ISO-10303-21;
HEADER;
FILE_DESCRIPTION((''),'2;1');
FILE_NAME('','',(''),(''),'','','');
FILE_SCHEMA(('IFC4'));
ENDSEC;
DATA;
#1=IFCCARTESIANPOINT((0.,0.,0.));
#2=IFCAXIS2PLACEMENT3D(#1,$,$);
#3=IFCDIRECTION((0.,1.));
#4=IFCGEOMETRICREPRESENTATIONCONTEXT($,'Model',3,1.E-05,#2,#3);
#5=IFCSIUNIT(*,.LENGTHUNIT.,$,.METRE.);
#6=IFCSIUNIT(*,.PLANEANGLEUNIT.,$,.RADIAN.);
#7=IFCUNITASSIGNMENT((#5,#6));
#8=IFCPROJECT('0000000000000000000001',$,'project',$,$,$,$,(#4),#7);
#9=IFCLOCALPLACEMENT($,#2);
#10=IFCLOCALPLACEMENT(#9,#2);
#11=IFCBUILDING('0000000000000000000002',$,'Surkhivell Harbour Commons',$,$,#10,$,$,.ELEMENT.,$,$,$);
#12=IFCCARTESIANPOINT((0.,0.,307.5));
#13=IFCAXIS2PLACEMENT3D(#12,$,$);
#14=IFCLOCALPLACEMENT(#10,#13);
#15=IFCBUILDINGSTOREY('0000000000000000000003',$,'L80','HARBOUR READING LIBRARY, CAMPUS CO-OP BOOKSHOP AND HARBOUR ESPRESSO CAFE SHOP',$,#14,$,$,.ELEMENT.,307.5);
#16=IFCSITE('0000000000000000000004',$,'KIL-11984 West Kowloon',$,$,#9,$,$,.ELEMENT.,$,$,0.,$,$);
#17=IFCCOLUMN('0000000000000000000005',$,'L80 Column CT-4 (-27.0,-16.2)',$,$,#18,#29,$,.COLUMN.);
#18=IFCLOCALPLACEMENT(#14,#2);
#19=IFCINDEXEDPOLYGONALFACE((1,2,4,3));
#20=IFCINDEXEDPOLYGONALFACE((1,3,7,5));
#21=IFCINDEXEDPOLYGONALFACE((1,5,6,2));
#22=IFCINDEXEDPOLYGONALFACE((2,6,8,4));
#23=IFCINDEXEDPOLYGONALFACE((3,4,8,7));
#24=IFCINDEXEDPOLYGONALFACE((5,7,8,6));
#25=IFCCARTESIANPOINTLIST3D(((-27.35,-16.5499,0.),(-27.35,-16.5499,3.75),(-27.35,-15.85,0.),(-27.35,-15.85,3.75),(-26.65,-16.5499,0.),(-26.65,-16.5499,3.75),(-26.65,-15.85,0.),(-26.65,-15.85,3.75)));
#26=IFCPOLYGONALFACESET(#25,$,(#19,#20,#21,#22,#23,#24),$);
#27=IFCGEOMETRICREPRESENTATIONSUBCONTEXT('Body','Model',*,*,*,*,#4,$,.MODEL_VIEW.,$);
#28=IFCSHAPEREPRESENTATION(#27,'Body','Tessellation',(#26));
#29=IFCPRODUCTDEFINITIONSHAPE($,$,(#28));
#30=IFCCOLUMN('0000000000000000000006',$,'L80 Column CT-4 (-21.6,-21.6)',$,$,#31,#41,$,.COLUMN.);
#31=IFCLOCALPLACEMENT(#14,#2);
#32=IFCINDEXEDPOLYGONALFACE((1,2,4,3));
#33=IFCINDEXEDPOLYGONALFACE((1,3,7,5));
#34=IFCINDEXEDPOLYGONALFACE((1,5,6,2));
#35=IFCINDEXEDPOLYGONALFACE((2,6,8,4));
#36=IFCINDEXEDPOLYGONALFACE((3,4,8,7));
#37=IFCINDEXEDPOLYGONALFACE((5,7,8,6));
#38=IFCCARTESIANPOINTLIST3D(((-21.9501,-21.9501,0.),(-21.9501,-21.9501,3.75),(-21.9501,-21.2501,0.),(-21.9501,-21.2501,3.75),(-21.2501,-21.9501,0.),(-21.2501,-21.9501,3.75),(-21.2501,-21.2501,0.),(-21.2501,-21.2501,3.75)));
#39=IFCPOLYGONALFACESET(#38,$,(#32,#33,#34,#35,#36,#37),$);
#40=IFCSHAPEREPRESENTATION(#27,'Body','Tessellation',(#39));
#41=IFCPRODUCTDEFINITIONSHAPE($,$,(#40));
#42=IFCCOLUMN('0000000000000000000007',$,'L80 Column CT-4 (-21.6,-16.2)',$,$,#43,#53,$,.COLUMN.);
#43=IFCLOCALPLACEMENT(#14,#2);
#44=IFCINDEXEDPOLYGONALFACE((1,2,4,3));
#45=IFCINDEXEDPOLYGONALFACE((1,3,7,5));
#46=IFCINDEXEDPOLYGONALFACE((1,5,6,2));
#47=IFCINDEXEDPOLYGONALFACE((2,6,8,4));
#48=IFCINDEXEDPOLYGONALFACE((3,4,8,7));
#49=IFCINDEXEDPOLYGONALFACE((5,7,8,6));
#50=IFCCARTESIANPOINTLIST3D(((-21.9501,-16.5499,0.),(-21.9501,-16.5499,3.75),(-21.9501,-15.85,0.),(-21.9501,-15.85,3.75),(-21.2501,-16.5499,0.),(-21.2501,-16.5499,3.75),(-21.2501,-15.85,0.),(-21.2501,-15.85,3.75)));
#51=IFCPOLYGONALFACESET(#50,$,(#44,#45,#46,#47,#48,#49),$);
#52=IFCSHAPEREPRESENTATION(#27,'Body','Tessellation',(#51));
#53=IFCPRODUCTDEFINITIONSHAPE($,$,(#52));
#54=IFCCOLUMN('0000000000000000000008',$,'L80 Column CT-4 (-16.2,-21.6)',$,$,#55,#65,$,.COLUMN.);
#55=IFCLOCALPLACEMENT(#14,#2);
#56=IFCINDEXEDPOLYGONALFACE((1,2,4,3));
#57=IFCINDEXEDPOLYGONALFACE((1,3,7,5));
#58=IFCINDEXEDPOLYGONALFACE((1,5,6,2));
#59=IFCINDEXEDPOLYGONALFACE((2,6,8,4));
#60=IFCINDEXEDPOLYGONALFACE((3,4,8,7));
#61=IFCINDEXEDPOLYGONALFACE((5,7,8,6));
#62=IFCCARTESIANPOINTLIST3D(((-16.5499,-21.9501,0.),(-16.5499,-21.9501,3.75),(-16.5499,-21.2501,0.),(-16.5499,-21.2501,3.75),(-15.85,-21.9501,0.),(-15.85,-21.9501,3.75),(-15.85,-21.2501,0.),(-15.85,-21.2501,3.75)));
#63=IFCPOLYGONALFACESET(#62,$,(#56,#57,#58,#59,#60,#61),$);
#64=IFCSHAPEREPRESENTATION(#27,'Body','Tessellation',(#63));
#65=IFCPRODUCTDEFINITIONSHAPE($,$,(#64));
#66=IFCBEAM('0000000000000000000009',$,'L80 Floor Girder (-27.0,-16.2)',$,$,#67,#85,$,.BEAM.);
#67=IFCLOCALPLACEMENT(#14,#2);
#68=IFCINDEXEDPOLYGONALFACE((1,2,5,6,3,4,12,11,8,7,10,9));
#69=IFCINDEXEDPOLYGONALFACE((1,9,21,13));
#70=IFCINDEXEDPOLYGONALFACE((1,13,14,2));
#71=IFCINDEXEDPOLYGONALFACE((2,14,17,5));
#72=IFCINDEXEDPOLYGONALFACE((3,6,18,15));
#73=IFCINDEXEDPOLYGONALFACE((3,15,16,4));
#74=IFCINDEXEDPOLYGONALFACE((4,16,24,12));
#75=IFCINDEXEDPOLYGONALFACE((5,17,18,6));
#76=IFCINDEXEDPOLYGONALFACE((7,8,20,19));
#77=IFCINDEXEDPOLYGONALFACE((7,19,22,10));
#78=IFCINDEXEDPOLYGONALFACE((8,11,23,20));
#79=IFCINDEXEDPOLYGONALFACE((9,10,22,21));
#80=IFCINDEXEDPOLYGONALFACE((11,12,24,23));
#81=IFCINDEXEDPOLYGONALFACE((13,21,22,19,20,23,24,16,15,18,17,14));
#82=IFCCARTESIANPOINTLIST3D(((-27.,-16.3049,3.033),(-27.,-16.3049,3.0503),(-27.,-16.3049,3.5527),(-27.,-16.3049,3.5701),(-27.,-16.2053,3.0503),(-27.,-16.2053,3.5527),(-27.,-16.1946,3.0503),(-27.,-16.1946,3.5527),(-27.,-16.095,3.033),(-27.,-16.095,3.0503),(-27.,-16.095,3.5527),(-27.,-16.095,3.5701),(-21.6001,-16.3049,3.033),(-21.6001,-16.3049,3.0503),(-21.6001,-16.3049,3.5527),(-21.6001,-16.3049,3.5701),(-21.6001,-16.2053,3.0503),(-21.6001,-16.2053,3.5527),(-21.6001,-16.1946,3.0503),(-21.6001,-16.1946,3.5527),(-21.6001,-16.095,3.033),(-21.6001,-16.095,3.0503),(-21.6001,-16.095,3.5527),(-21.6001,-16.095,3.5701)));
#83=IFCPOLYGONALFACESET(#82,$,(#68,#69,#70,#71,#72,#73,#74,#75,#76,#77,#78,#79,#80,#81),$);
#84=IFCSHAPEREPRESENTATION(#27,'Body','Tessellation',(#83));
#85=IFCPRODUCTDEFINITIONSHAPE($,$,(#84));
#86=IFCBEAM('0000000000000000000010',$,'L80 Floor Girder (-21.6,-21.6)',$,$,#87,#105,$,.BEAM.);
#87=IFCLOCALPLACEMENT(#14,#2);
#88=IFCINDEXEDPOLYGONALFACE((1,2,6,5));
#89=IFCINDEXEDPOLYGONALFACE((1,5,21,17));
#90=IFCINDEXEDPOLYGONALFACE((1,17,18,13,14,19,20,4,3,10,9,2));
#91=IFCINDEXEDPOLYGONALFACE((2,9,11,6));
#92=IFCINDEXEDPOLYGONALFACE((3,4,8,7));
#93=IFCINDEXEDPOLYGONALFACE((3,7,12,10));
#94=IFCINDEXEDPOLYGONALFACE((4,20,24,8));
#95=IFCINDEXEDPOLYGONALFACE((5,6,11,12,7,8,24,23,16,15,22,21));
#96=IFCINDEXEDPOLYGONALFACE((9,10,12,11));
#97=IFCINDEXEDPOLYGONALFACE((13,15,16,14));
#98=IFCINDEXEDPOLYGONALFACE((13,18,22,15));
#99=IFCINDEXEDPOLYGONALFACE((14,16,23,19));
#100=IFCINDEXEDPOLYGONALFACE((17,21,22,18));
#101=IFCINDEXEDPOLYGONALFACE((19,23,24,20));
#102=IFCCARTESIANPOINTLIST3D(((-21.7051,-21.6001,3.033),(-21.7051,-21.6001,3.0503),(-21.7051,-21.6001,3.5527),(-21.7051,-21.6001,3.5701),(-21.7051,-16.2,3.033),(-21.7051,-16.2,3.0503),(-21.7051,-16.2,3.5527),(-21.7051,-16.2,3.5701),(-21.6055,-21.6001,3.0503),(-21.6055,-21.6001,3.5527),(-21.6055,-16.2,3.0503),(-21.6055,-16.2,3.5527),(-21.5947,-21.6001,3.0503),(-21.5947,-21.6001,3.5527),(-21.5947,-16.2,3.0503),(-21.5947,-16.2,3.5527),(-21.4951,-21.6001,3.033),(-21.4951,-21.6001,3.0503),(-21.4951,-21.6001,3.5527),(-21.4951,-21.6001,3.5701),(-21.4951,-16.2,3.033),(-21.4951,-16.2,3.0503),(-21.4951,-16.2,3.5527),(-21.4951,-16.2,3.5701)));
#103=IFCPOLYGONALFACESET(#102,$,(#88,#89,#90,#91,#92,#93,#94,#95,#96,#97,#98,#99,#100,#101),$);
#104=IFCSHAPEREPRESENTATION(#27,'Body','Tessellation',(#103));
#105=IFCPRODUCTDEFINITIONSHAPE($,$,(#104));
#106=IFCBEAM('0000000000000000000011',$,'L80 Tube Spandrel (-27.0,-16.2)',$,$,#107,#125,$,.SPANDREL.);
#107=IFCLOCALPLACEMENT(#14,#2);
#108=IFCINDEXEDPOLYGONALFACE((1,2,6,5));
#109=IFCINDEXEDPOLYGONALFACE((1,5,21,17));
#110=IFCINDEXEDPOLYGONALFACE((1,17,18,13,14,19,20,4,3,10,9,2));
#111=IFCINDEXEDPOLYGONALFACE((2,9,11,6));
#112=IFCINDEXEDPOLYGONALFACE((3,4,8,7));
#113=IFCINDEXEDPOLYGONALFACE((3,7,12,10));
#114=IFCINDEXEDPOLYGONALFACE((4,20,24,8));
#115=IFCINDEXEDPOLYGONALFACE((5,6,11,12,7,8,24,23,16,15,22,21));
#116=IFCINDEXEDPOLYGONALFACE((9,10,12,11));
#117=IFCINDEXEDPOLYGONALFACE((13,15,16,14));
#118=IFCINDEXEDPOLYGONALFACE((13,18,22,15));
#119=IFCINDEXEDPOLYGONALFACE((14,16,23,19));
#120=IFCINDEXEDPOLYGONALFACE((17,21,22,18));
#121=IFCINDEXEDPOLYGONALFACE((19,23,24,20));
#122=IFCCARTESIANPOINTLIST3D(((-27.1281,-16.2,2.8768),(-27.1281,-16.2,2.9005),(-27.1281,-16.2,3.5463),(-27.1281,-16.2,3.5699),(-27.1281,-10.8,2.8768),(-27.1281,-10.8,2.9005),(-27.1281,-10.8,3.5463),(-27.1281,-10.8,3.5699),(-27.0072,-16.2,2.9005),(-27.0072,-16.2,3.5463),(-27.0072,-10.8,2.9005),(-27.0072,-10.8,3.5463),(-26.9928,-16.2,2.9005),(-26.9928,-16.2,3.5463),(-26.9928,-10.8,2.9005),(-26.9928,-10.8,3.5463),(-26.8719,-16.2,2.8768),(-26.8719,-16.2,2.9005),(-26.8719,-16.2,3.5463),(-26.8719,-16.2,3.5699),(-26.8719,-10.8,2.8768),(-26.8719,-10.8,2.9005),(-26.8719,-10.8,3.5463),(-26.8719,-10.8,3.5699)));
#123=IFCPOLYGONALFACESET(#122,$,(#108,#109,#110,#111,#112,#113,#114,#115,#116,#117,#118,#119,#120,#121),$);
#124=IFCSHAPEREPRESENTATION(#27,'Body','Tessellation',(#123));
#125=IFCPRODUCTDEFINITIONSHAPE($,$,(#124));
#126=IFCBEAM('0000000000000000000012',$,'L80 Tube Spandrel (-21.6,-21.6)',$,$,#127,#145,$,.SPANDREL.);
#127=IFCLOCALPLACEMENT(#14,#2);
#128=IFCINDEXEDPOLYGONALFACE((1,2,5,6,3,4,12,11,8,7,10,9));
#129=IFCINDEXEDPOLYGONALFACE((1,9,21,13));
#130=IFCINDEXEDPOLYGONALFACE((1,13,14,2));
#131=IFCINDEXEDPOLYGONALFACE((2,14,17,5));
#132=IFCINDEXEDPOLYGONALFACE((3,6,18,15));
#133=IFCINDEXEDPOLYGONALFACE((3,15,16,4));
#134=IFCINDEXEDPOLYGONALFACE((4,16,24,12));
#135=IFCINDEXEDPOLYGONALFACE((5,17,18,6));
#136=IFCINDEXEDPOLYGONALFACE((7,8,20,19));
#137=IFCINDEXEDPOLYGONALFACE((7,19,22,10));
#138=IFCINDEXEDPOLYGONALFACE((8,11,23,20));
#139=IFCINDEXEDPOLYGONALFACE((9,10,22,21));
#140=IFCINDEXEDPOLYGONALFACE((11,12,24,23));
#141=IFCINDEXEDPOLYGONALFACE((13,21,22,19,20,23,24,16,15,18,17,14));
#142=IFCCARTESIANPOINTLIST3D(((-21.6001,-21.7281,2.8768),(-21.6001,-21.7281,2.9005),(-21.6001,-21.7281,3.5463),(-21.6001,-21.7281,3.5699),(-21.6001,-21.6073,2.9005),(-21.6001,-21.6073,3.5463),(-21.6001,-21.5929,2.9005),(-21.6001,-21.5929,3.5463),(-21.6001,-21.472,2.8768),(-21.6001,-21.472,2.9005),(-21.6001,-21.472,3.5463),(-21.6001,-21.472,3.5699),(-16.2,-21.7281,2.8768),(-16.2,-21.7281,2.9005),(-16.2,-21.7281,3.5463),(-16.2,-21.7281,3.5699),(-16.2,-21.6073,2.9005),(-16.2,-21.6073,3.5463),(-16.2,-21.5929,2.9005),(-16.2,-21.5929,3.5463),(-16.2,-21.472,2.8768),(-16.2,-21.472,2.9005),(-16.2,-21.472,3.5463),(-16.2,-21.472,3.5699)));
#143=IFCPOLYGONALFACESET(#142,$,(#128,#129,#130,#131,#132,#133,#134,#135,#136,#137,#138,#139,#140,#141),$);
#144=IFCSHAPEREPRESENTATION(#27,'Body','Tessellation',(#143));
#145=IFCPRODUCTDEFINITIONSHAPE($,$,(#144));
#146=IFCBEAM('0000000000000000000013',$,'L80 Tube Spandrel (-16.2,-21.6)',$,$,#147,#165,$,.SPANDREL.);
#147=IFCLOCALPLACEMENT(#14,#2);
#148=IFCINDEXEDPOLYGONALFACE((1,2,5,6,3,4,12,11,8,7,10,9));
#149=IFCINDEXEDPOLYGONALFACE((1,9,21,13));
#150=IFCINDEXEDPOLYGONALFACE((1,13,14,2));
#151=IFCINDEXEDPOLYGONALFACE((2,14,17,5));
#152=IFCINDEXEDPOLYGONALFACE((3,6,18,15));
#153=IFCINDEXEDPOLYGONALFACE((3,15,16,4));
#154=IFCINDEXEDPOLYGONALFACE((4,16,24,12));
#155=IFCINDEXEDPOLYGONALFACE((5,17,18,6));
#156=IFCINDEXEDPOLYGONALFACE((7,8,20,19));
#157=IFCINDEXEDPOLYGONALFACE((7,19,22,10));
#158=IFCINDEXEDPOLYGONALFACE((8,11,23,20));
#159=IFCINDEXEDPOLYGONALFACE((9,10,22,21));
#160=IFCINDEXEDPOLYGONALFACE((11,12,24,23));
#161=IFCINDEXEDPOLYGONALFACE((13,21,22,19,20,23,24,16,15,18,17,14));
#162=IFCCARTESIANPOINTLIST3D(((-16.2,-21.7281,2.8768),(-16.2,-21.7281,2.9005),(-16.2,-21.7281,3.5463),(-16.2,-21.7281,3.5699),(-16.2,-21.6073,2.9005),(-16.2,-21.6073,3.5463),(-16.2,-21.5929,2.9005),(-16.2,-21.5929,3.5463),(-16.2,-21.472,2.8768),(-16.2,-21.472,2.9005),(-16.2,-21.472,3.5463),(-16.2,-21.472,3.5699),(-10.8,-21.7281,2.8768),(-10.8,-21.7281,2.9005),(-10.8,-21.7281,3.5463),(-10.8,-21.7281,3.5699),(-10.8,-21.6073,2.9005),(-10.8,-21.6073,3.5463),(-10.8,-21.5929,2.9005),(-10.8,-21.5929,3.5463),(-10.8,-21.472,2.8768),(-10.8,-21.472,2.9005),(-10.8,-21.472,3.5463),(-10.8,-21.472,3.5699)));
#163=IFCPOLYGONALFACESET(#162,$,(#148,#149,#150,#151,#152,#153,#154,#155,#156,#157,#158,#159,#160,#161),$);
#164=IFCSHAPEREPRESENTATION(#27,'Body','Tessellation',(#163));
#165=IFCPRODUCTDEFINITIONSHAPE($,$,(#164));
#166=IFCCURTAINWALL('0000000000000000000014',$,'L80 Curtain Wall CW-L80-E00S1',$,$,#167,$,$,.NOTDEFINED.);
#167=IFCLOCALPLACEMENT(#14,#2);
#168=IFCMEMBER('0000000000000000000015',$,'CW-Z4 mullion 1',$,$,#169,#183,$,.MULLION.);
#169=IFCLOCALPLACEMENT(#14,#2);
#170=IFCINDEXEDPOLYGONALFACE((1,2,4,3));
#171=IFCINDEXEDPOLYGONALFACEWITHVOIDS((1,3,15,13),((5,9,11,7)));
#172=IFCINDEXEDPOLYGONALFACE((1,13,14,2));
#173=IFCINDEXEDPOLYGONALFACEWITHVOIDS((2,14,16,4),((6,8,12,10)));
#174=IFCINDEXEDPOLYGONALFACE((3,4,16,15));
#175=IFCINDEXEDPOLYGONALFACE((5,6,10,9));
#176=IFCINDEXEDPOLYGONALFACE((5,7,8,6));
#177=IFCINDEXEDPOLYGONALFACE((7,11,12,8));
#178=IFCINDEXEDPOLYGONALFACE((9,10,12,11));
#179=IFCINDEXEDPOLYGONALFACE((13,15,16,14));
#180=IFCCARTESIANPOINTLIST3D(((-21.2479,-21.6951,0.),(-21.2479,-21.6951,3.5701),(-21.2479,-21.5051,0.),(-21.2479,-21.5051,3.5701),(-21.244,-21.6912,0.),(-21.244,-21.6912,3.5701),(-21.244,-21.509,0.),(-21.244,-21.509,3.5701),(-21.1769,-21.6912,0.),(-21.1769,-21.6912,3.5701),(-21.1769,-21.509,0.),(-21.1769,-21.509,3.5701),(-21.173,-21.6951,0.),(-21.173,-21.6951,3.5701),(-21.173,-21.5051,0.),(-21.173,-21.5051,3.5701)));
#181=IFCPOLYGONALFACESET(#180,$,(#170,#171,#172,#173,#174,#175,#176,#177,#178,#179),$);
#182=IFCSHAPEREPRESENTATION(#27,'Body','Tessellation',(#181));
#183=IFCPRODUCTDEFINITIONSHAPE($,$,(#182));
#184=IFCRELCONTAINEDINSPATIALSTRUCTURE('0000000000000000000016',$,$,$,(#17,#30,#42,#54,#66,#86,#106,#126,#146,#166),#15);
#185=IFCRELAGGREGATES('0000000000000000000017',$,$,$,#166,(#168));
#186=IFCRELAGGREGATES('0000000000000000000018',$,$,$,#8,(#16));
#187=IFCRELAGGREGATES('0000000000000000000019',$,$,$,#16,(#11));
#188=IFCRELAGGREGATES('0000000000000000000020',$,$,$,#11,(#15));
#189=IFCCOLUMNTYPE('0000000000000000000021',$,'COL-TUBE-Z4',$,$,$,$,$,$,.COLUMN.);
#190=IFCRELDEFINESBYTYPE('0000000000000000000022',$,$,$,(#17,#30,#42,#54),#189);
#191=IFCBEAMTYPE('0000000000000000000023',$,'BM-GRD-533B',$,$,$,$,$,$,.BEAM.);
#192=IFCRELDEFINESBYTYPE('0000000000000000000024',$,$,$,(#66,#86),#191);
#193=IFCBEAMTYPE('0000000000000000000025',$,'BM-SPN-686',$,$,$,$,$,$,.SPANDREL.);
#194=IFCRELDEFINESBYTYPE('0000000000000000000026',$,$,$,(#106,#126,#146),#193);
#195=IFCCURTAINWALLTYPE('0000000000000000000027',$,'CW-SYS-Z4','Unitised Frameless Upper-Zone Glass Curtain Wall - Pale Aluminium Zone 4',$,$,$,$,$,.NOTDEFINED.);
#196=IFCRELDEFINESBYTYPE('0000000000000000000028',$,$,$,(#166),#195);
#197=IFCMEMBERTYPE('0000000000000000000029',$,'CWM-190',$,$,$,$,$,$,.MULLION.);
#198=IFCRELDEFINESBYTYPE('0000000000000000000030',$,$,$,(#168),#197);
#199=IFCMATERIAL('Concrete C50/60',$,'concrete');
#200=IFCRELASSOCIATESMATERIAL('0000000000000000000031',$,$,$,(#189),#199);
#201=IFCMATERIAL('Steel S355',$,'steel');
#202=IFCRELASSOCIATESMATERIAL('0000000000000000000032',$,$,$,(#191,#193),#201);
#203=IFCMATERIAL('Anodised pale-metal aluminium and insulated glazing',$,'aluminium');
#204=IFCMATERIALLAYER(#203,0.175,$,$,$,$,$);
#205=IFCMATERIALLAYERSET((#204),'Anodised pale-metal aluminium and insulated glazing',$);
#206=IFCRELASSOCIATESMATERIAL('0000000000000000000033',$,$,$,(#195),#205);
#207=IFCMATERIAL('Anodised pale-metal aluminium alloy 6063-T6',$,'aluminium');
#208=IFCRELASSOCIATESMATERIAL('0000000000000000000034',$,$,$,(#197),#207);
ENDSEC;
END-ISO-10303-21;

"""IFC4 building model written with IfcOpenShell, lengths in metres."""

from ifc_helpers import new_model, si_unit, direction, frame, origin, origin_2d, place, context, subcontext, project, spatial, rectangle, hollow_rectangle, i_section, extrude, material, layer, layer_set, material_profile, profile_set, type_object, element, aggregate, save


model = new_model("IFC4")

# Units and contexts
model_context = context("Model", 3, precision=1e-05, world=origin(), true_north=direction((0.0, 1.0)))
body_context = subcontext(model_context, "Body", "Model", "MODEL_VIEW")
ifc_project = project(units=[si_unit("LENGTHUNIT", "METRE"), si_unit("PLANEANGLEUNIT", "RADIAN")], contexts=[model_context])

# Site, building, storey
site_placement = place(None, origin())
site = spatial("IfcSite", under=ifc_project, at=site_placement, Name="KIL-11984 West Kowloon", CompositionType="ELEMENT", RefElevation=0.0)
building_placement = place(site_placement, origin())
building = spatial("IfcBuilding", under=site, at=building_placement, Name="Surkhivell Harbour Commons", CompositionType="ELEMENT")
storey_placement = place(building_placement, frame((0.0, 0.0, 307.5)))
storey = spatial("IfcBuildingStorey", under=building, at=storey_placement, Name="L80", Description="HARBOUR READING LIBRARY, CAMPUS CO-OP BOOKSHOP AND HARBOUR ESPRESSO CAFE SHOP", CompositionType="ELEMENT", Elevation=307.5)

# Columns
ifc_material_1 = material(Name="Concrete C50/60", Category="concrete")
ifc_material_profile_1 = material_profile(ifc_material_1, rectangle(XDim=0.7, YDim=0.7, at=origin_2d()), Name="RC-COL-700x700")
ifc_profile_set_1 = profile_set([ifc_material_profile_1], Name="Concrete C50/60")
column_type = type_object("IfcColumnType", Name="COL-TUBE-Z4", PredefinedType="COLUMN", material=ifc_profile_set_1)
for number, where, z_axis, x_axis, name in (
    (1, (-27.0, -16.2, 0.0), (0.0, 0.0, 1.0), (1.0, 0.0, 0.0), "L80 Column CT-4 (-27.0,-16.2)"),
    (2, (-21.6001, -21.6001, 0.0), (0.0, 0.0, 1.0), (1.0, 0.0, 0.0), "L80 Column CT-4 (-21.6,-21.6)"),
    (3, (-21.6001, -16.2, 0.0), (0.0, 0.0, 1.0), (1.0, 0.0, 0.0), "L80 Column CT-4 (-21.6,-16.2)"),
    (4, (-16.2, -21.6001, 0.0), (0.0, 0.0, 1.0), (1.0, 0.0, 0.0), "L80 Column CT-4 (-16.2,-21.6)"),
):
    element("IfcColumn", number, at=place(storey_placement, frame(where, z_axis=z_axis, x_axis=x_axis)), inside=storey, type_object=column_type, Name=name, PredefinedType="COLUMN", context=body_context, shape_type="SweptSolid", body=[
        extrude(rectangle(XDim=0.7, YDim=0.7, at=origin_2d()), origin(), (0.0, 0.0, 1.0), 3.75),
    ])

# Beams
ifc_material_2 = material(Name="Steel S355", Category="steel")
ifc_material_profile_2 = material_profile(ifc_material_2, i_section(OverallWidth=0.21, OverallDepth=0.5371, WebThickness=0.0107, FlangeThickness=0.0173, at=origin_2d()), Name="UB533x210x101")
ifc_profile_set_2 = profile_set([ifc_material_profile_2], Name="Steel S355")
beam_type_1 = type_object("IfcBeamType", Name="BM-GRD-533B", PredefinedType="BEAM", material=ifc_profile_set_2)
beam_1_placement = place(storey_placement, frame((-27.0, -16.2, 3.3015), z_axis=(1.0, 0.0, 0.0), x_axis=(0.0, 1.0, 0.0)))
element("IfcBeam", 5, at=beam_1_placement, inside=storey, type_object=beam_type_1, Name="L80 Floor Girder (-27.0,-16.2)", PredefinedType="BEAM", context=body_context, shape_type="SweptSolid", body=[
    extrude(i_section(OverallWidth=0.21, OverallDepth=0.5371, WebThickness=0.0107, FlangeThickness=0.0173, at=origin_2d()), origin(), (0.0, 0.0, 1.0), 5.3999),
])
beam_2_placement = place(storey_placement, frame((-21.6001, -21.6001, 3.3015), z_axis=(0.0, 1.0, 0.0), x_axis=(-1.0, 0.0, 0.0)))
element("IfcBeam", 6, at=beam_2_placement, inside=storey, type_object=beam_type_1, Name="L80 Floor Girder (-21.6,-21.6)", PredefinedType="BEAM", context=body_context, shape_type="SweptSolid", body=[
    extrude(i_section(OverallWidth=0.21, OverallDepth=0.5371, WebThickness=0.0107, FlangeThickness=0.0173, at=origin_2d()), origin(), (0.0, 0.0, 1.0), 5.4001),
])
ifc_material_profile_3 = material_profile(ifc_material_2, i_section(OverallWidth=0.2561, OverallDepth=0.6931, WebThickness=0.0144, FlangeThickness=0.0237, at=origin_2d()), Name="UB686x254x170")
ifc_profile_set_3 = profile_set([ifc_material_profile_3], Name="Steel S355")
beam_type_2 = type_object("IfcBeamType", Name="BM-SPN-686", PredefinedType="SPANDREL", material=ifc_profile_set_3)
beam_3_placement = place(storey_placement, frame((-27.0, -16.2, 3.2234), z_axis=(0.0, 1.0, 0.0), x_axis=(-1.0, 0.0, 0.0)))
element("IfcBeam", 7, at=beam_3_placement, inside=storey, type_object=beam_type_2, Name="L80 Tube Spandrel (-27.0,-16.2)", PredefinedType="SPANDREL", context=body_context, shape_type="SweptSolid", body=[
    extrude(i_section(OverallWidth=0.2561, OverallDepth=0.6931, WebThickness=0.0144, FlangeThickness=0.0237, at=origin_2d()), origin(), (0.0, 0.0, 1.0), 5.3999),
])
beam_4_placement = place(storey_placement, frame((-21.6001, -21.6001, 3.2234), z_axis=(1.0, 0.0, 0.0), x_axis=(0.0, 1.0, 0.0)))
element("IfcBeam", 8, at=beam_4_placement, inside=storey, type_object=beam_type_2, Name="L80 Tube Spandrel (-21.6,-21.6)", PredefinedType="SPANDREL", context=body_context, shape_type="SweptSolid", body=[
    extrude(i_section(OverallWidth=0.2561, OverallDepth=0.6931, WebThickness=0.0144, FlangeThickness=0.0237, at=origin_2d()), origin(), (0.0, 0.0, 1.0), 5.4001),
])
beam_5_placement = place(storey_placement, frame((-16.2, -21.6001, 3.2234), z_axis=(1.0, 0.0, 0.0), x_axis=(0.0, 1.0, 0.0)))
element("IfcBeam", 9, at=beam_5_placement, inside=storey, type_object=beam_type_2, Name="L80 Tube Spandrel (-16.2,-21.6)", PredefinedType="SPANDREL", context=body_context, shape_type="SweptSolid", body=[
    extrude(i_section(OverallWidth=0.2561, OverallDepth=0.6931, WebThickness=0.0144, FlangeThickness=0.0237, at=origin_2d()), origin(), (0.0, 0.0, 1.0), 5.3999),
])

# Curtain wall, member
ifc_material_3 = material(Name="Anodised pale-metal aluminium and insulated glazing", Category="aluminium")
ifc_layer_1 = layer(ifc_material_3, 0.175)
ifc_layer_set_1 = layer_set([ifc_layer_1], Name="Anodised pale-metal aluminium and insulated glazing")
curtain_wall_type = type_object("IfcCurtainWallType", Name="CW-SYS-Z4", Description="Unitised Frameless Upper-Zone Glass Curtain Wall - Pale Aluminium Zone 4", PredefinedType="NOTDEFINED", material=ifc_layer_set_1)
curtain_wall_placement = place(storey_placement, origin())
curtain_wall = element("IfcCurtainWall", 10, at=curtain_wall_placement, inside=storey, type_object=curtain_wall_type, Name="L80 Curtain Wall CW-L80-E00S1", PredefinedType="NOTDEFINED")
ifc_material_4 = material(Name="Anodised pale-metal aluminium alloy 6063-T6", Category="aluminium")
ifc_material_profile_4 = material_profile(ifc_material_4, hollow_rectangle(XDim=0.075, YDim=0.1899, WallThickness=0.0039, at=origin_2d()), Name="ALU-MULL-75x190")
ifc_profile_set_4 = profile_set([ifc_material_profile_4], Name="Anodised pale-metal aluminium alloy 6063-T6")
member_type_1 = type_object("IfcMemberType", Name="CWM-190", PredefinedType="MULLION", material=ifc_profile_set_4)
member_1_placement = place(storey_placement, frame((-21.2104, -21.6001, 0.0), z_axis=(0.0, 0.0, 1.0), x_axis=(1.0, 0.0, 0.0)))
member_1 = element("IfcMember", 11, at=member_1_placement, type_object=member_type_1, Name="CW-Z4 mullion 1", PredefinedType="MULLION", context=body_context, shape_type="SweptSolid", body=[
    extrude(hollow_rectangle(XDim=0.075, YDim=0.1899, WallThickness=0.0039, at=origin_2d()), origin(), (0.0, 0.0, 1.0), 3.5701),
])

aggregate(curtain_wall, [member_1])

save(model, "model.ifc")
